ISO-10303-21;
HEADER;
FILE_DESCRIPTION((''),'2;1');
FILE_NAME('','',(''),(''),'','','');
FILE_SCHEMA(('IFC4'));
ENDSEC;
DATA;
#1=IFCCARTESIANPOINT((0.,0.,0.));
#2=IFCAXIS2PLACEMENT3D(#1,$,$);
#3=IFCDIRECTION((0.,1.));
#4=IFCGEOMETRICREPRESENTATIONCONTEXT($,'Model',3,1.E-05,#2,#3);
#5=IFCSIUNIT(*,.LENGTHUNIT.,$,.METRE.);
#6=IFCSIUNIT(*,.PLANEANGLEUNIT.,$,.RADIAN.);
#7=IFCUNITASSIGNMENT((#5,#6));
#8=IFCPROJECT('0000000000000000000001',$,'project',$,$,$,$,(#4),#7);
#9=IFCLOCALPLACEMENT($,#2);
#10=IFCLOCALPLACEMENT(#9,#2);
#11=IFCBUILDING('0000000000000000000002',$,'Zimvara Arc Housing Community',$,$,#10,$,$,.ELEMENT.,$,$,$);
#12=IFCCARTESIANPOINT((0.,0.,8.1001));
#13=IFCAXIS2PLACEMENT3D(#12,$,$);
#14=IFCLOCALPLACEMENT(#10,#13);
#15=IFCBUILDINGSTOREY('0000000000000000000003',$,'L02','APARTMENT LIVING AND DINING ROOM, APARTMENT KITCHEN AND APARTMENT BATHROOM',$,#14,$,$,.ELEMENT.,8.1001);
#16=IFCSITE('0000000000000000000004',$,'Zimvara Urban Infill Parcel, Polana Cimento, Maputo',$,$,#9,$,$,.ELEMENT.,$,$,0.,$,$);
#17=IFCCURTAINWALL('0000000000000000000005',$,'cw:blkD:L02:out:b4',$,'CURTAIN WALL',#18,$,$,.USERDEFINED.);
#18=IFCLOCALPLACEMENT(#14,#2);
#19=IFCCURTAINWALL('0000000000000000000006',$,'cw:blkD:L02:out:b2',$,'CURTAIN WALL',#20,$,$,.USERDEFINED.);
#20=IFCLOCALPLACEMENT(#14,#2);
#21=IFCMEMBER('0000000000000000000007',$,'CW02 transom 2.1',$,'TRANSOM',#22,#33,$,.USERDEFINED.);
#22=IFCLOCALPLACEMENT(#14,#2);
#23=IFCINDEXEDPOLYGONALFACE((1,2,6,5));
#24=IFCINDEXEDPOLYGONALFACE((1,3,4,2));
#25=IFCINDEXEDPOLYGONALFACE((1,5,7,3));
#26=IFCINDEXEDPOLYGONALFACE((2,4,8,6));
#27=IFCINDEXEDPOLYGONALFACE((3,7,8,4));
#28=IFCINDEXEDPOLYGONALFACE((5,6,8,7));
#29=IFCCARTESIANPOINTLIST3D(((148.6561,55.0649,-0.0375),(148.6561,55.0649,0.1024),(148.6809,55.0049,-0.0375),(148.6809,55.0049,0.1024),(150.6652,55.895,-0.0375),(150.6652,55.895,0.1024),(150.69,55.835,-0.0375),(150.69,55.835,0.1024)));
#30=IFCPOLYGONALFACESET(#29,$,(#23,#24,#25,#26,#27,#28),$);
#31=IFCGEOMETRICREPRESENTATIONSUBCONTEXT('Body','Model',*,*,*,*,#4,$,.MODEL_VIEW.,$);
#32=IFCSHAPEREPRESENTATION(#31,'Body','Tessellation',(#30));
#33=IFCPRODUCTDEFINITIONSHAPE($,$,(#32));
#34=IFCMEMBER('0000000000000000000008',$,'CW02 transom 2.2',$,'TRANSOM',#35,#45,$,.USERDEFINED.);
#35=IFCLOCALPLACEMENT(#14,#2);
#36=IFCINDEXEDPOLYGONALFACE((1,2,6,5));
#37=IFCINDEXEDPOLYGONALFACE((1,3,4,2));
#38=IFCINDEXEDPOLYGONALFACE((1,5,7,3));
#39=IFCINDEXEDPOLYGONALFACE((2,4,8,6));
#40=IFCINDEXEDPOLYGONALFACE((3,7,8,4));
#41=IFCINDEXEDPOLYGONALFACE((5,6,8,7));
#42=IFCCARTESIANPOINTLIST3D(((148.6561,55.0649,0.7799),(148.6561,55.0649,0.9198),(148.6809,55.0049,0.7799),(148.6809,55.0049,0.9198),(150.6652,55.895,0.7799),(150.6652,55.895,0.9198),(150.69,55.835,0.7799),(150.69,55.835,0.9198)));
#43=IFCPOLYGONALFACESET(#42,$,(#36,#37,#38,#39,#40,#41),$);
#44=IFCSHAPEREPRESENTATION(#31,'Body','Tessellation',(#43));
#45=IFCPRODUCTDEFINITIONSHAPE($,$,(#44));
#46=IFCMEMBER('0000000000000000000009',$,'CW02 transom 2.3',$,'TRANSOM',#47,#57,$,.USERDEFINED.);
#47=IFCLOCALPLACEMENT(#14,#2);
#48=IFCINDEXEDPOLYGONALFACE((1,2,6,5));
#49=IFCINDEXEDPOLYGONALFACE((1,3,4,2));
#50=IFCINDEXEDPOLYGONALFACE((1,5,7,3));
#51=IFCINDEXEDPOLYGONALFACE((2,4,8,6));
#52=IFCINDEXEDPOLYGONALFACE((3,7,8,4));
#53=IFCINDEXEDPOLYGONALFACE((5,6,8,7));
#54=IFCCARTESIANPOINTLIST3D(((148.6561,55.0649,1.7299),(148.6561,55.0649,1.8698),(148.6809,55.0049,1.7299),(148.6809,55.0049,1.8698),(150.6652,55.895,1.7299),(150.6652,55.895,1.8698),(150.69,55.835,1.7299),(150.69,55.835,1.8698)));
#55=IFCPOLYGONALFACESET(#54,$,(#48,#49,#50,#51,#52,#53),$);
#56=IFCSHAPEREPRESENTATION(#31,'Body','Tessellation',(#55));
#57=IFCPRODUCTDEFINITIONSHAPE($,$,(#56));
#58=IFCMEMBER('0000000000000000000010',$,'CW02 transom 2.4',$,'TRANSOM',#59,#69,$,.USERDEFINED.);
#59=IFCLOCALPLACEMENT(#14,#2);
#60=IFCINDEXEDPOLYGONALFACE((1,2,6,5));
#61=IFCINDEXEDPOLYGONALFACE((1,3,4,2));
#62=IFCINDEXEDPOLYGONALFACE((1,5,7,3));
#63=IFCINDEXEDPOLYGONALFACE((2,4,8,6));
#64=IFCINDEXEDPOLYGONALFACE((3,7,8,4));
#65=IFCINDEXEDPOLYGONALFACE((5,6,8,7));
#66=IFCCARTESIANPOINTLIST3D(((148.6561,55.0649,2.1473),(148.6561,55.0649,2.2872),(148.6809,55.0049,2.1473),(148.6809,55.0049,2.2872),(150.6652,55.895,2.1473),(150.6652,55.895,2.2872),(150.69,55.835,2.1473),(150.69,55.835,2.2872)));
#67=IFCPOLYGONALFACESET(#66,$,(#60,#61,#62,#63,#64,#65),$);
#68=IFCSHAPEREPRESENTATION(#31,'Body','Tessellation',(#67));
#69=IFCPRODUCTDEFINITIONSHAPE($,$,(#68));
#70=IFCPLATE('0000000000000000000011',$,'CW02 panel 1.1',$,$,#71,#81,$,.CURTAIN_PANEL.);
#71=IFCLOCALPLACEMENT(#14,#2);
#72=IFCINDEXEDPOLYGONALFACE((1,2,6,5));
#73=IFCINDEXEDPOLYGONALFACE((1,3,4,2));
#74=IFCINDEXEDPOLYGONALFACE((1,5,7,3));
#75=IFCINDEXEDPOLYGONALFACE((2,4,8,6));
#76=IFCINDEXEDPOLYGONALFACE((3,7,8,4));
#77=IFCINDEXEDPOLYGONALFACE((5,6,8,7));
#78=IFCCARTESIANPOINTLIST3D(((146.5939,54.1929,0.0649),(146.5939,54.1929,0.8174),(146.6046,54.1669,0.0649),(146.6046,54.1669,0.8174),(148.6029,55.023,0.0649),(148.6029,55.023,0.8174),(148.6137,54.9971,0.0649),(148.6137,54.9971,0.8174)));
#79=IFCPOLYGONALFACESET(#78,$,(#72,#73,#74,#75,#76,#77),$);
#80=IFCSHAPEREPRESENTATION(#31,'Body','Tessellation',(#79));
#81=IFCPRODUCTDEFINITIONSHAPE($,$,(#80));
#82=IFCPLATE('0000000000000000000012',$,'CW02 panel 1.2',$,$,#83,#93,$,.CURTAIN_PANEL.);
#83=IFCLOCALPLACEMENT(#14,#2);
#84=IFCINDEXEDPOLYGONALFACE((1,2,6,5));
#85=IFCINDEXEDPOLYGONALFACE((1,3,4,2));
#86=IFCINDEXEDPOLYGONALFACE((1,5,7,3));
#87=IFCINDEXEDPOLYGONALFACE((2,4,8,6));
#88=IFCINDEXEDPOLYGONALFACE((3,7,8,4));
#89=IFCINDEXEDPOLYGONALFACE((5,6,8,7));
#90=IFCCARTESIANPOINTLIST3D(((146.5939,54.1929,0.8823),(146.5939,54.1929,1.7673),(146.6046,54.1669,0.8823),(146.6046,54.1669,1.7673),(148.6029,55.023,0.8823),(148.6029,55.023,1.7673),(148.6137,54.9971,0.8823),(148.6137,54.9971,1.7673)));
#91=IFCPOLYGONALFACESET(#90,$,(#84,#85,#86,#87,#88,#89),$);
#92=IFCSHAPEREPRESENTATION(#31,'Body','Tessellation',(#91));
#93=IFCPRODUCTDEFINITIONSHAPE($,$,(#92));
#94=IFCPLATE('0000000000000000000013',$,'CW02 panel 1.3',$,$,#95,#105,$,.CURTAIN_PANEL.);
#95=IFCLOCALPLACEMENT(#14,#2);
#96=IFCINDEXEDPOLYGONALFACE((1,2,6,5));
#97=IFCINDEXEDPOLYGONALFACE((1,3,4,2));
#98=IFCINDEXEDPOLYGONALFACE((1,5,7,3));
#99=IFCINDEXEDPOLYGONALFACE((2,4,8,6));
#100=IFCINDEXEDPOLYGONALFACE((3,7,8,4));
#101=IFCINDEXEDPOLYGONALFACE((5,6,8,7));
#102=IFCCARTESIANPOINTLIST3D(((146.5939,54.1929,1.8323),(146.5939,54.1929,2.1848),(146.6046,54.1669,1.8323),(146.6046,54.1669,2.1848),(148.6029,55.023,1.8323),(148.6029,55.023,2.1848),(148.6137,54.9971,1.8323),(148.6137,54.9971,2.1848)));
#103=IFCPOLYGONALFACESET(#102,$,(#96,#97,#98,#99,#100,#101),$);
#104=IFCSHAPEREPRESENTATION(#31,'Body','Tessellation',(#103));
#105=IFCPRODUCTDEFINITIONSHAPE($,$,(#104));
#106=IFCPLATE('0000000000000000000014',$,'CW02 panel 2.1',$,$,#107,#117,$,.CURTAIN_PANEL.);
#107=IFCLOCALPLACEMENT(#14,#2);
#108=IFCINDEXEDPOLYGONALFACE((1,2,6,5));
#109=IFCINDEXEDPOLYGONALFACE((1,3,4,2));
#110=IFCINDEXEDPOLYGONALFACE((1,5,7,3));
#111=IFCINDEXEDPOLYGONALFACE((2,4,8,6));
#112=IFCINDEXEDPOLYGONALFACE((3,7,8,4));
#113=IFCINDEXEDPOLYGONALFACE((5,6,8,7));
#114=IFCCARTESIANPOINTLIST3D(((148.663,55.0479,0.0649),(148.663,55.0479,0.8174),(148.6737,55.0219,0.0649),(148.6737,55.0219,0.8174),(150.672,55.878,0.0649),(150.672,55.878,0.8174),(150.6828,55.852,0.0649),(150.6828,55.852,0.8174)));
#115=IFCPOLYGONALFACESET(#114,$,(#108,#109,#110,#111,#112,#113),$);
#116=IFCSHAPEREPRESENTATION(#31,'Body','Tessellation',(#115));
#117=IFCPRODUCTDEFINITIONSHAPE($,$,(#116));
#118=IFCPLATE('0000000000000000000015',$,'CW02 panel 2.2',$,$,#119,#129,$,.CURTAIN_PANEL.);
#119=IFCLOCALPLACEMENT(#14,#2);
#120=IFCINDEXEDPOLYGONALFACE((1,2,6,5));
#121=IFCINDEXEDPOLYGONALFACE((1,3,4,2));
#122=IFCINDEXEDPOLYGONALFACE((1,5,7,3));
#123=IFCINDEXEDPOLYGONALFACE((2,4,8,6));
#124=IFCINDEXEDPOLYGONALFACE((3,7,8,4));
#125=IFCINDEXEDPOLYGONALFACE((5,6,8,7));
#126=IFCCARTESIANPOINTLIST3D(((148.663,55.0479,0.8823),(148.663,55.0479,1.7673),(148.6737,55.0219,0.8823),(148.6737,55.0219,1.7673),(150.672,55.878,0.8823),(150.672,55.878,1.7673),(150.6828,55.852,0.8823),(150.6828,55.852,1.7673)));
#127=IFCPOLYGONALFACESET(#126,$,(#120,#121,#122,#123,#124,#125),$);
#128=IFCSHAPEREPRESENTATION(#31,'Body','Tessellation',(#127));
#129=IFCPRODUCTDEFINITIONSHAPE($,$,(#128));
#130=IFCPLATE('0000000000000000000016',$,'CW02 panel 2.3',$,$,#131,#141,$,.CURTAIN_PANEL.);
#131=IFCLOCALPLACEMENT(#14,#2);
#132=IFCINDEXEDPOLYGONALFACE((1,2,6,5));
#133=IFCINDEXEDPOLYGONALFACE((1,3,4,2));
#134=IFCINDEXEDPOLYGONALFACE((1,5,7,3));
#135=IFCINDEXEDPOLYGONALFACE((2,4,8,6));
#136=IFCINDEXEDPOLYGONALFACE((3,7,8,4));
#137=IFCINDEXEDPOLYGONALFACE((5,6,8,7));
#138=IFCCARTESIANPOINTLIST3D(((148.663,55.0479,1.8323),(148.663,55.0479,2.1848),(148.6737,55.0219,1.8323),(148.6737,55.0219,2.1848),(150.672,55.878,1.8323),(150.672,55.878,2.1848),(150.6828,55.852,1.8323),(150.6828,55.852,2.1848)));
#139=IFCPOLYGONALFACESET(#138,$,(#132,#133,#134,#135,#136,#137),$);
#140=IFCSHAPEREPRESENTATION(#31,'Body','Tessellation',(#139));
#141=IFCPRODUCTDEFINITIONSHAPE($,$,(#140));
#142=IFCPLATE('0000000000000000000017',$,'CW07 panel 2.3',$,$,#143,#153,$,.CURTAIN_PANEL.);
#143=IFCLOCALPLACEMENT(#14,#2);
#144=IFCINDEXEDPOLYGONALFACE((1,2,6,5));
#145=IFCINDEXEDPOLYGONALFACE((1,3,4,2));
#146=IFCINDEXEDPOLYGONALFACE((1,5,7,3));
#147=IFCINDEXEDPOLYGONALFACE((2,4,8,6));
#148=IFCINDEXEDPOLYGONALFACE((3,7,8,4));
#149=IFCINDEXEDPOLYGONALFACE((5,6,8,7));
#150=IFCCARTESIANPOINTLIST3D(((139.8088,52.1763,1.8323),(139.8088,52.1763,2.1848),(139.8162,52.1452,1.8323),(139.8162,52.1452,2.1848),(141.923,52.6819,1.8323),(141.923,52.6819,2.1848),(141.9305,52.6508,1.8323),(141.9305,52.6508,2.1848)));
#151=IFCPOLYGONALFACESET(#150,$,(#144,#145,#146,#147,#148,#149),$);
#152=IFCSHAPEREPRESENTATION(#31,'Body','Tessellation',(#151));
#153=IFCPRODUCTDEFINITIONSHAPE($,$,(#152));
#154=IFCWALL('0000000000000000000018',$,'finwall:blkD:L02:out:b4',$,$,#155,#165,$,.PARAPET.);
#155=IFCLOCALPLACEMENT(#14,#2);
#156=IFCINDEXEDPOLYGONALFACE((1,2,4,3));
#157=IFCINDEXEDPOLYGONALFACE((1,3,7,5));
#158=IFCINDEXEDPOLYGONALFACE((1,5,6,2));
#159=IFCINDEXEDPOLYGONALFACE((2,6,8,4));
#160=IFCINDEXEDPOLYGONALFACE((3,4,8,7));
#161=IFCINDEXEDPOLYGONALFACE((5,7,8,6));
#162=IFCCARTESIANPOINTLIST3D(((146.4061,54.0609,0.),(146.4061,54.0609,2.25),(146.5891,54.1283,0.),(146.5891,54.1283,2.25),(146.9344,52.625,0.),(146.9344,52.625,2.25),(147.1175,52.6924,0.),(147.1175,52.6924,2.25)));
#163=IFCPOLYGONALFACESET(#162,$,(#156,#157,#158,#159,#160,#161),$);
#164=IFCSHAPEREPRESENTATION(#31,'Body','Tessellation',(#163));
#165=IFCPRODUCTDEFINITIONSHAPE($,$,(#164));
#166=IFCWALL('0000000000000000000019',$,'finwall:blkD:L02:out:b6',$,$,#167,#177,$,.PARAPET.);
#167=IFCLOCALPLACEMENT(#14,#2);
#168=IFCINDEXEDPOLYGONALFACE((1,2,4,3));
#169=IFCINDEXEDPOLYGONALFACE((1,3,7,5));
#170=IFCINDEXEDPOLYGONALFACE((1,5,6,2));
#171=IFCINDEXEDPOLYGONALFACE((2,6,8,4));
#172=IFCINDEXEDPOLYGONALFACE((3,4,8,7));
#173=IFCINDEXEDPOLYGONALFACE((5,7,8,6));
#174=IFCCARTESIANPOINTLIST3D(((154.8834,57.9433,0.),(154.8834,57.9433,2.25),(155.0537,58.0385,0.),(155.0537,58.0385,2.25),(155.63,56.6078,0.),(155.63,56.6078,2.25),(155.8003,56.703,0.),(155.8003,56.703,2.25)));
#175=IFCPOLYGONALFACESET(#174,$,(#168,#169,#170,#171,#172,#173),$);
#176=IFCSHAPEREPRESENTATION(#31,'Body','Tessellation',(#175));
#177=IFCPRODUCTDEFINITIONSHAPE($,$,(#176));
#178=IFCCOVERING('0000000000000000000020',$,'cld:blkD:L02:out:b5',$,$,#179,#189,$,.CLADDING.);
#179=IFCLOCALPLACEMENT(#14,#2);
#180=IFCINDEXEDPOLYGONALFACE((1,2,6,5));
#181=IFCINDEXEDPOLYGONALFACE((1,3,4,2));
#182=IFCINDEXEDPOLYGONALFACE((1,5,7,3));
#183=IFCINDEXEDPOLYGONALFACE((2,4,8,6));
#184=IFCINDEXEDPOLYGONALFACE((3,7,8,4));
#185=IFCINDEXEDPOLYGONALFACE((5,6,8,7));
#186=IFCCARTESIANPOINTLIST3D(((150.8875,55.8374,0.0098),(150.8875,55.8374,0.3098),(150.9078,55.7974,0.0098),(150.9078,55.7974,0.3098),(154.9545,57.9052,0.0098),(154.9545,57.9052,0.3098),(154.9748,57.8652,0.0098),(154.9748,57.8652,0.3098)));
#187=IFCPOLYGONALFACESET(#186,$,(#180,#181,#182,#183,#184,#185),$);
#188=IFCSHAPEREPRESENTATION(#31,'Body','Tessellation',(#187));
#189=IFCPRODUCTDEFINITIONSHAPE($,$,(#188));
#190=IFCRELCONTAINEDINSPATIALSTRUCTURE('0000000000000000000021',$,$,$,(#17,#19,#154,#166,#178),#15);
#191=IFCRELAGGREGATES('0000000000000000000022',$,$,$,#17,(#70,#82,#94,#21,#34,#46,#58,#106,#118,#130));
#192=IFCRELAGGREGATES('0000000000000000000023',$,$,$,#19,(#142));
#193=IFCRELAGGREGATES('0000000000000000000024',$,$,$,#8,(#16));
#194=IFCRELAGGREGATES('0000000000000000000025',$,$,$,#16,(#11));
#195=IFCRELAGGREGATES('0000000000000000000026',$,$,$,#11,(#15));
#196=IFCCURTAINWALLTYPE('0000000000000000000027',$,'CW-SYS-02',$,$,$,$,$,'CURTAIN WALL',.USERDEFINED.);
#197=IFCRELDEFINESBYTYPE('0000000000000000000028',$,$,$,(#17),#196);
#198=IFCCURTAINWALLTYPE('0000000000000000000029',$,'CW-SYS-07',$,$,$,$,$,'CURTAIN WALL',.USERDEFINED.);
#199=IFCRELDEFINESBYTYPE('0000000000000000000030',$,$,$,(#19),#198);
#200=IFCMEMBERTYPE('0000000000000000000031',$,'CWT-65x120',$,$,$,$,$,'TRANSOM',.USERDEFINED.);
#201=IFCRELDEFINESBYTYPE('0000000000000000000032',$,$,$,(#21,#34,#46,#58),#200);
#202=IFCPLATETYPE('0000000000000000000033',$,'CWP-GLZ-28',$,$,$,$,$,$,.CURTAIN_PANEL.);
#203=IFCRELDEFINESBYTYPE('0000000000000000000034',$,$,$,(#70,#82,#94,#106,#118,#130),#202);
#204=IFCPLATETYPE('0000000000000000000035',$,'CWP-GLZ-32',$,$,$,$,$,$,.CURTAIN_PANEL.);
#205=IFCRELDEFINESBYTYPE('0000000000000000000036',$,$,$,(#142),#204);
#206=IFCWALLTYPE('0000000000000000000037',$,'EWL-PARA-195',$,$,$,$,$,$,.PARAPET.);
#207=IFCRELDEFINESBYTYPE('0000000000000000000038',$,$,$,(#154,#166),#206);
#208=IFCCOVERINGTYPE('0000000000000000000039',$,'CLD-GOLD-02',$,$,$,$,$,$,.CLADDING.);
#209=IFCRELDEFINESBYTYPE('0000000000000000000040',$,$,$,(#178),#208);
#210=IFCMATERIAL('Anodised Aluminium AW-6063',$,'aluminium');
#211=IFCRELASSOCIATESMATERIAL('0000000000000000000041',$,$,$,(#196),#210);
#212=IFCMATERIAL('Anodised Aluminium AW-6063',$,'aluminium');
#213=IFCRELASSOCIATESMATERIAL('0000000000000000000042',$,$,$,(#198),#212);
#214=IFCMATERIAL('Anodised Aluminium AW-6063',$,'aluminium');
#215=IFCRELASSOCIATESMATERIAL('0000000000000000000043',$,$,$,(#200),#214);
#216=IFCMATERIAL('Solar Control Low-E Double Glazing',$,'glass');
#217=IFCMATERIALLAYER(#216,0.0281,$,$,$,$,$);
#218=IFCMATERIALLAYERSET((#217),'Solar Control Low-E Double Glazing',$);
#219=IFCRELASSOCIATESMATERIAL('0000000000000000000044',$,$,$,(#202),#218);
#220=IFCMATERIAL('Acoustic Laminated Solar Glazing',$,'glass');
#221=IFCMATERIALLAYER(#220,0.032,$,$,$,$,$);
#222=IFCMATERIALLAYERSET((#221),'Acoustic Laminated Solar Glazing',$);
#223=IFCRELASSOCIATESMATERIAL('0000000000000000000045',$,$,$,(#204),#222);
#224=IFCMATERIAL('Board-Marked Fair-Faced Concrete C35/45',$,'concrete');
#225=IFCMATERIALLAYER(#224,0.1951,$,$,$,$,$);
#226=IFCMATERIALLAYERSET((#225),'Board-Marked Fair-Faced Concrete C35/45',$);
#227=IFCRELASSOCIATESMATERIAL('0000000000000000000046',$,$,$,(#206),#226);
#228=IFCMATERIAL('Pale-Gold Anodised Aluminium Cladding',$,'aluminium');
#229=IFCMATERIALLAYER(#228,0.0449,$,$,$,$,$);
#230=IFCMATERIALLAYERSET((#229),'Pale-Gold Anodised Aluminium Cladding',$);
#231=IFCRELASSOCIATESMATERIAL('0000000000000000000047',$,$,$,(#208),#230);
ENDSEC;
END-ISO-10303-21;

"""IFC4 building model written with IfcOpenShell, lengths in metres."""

from ifc_helpers import new_model, si_unit, direction, frame, frame_2d, origin, origin_2d, place, context, subcontext, project, spatial, rectangle, extrude, material, layer, layer_set, material_profile, profile_set, type_object, element, aggregate, save


model = new_model("IFC4")

# Units and contexts
model_context = context("Model", 3, precision=1e-05, world=origin(), true_north=direction((0.0, 1.0)))
body_context = subcontext(model_context, "Body", "Model", "MODEL_VIEW")
ifc_project = project(units=[si_unit("LENGTHUNIT", "METRE"), si_unit("PLANEANGLEUNIT", "RADIAN")], contexts=[model_context])

# Site, building, storey
site_placement = place(None, origin())
site = spatial("IfcSite", under=ifc_project, at=site_placement, Name="Zimvara Urban Infill Parcel, Polana Cimento, Maputo", CompositionType="ELEMENT", RefElevation=0.0)
building_placement = place(site_placement, origin())
building = spatial("IfcBuilding", under=site, at=building_placement, Name="Zimvara Arc Housing Community", CompositionType="ELEMENT")
storey_placement = place(building_placement, frame((0.0, 0.0, 8.1001)))
storey = spatial("IfcBuildingStorey", under=building, at=storey_placement, Name="L02", Description="APARTMENT LIVING AND DINING ROOM, APARTMENT KITCHEN AND APARTMENT BATHROOM", CompositionType="ELEMENT", Elevation=8.1001)

# Curtain wall
ifc_material_1 = material(Name="Anodised Aluminium AW-6063", Category="aluminium")
curtain_wall_type_1 = type_object("IfcCurtainWallType", Name="CW-SYS-02", ElementType="CURTAIN WALL", PredefinedType="USERDEFINED", material=ifc_material_1)
curtain_wall_1_placement = place(storey_placement, origin())
curtain_wall_1 = element("IfcCurtainWall", 1, at=curtain_wall_1_placement, inside=storey, type_object=curtain_wall_type_1, Name="cw:blkD:L02:out:b4", ObjectType="CURTAIN WALL", PredefinedType="USERDEFINED")

# Curtain wall
ifc_material_2 = material(Name="Anodised Aluminium AW-6063", Category="aluminium")
curtain_wall_type_2 = type_object("IfcCurtainWallType", Name="CW-SYS-07", ElementType="CURTAIN WALL", PredefinedType="USERDEFINED", material=ifc_material_2)
curtain_wall_2_placement = place(storey_placement, origin())
curtain_wall_2 = element("IfcCurtainWall", 2, at=curtain_wall_2_placement, inside=storey, type_object=curtain_wall_type_2, Name="cw:blkD:L02:out:b2", ObjectType="CURTAIN WALL", PredefinedType="USERDEFINED")

# Members
ifc_material_3 = material(Name="Anodised Aluminium AW-6063", Category="aluminium")
ifc_material_profile_1 = material_profile(ifc_material_3, rectangle(XDim=0.0649, YDim=0.1399, at=origin_2d()), Name="ALU 65x140")
ifc_profile_set_1 = profile_set([ifc_material_profile_1], Name="Anodised Aluminium AW-6063")
member_type_1 = type_object("IfcMemberType", Name="CWT-65x120", ElementType="TRANSOM", PredefinedType="USERDEFINED", material=ifc_profile_set_1)
member_1_placement = place(storey_placement, frame((148.6685, 55.0349, 0.0325), z_axis=(0.924219, 0.381862, 0.0), x_axis=(-0.381862, 0.924219, 0.0)))
member_1 = element("IfcMember", 3, at=member_1_placement, type_object=member_type_1, Name="CW02 transom 2.1", ObjectType="TRANSOM", PredefinedType="USERDEFINED", context=body_context, shape_type="SweptSolid", body=[
    extrude(rectangle(XDim=0.0649, YDim=0.1399, at=origin_2d()), origin(), (0.0, 0.0, 1.0), 2.1738),
])
member_2_placement = place(storey_placement, frame((148.6685, 55.0349, 0.8499), z_axis=(0.924219, 0.381862, 0.0), x_axis=(-0.381862, 0.924219, 0.0)))
member_2 = element("IfcMember", 4, at=member_2_placement, type_object=member_type_1, Name="CW02 transom 2.2", ObjectType="TRANSOM", PredefinedType="USERDEFINED", context=body_context, shape_type="SweptSolid", body=[
    extrude(rectangle(XDim=0.0649, YDim=0.1399, at=origin_2d()), origin(), (0.0, 0.0, 1.0), 2.1738),
])
member_3_placement = place(storey_placement, frame((148.6685, 55.0349, 1.7998), z_axis=(0.924219, 0.381862, 0.0), x_axis=(-0.381862, 0.924219, 0.0)))
member_3 = element("IfcMember", 5, at=member_3_placement, type_object=member_type_1, Name="CW02 transom 2.3", ObjectType="TRANSOM", PredefinedType="USERDEFINED", context=body_context, shape_type="SweptSolid", body=[
    extrude(rectangle(XDim=0.0649, YDim=0.1399, at=origin_2d()), origin(), (0.0, 0.0, 1.0), 2.1738),
])
member_4_placement = place(storey_placement, frame((148.6685, 55.0349, 2.2173), z_axis=(0.924219, 0.381862, 0.0), x_axis=(-0.381862, 0.924219, 0.0)))
member_4 = element("IfcMember", 6, at=member_4_placement, type_object=member_type_1, Name="CW02 transom 2.4", ObjectType="TRANSOM", PredefinedType="USERDEFINED", context=body_context, shape_type="SweptSolid", body=[
    extrude(rectangle(XDim=0.0649, YDim=0.1399, at=origin_2d()), origin(), (0.0, 0.0, 1.0), 2.1738),
])

# Plates
ifc_material_4 = material(Name="Solar Control Low-E Double Glazing", Category="glass")
ifc_layer_1 = layer(ifc_material_4, 0.0281)
ifc_layer_set_1 = layer_set([ifc_layer_1], Name="Solar Control Low-E Double Glazing")
plate_type_1 = type_object("IfcPlateType", Name="CWP-GLZ-28", PredefinedType="CURTAIN_PANEL", material=ifc_layer_set_1)
plate_1_placement = place(storey_placement, frame((147.6038, 54.595, 0.0649), z_axis=(0.0, 0.0, 1.0), x_axis=(0.924213, 0.381876, 0.0)))
plate_1 = element("IfcPlate", 7, at=plate_1_placement, type_object=plate_type_1, Name="CW02 panel 1.1", PredefinedType="CURTAIN_PANEL", context=body_context, shape_type="SweptSolid", body=[
    extrude(rectangle(XDim=2.1738, YDim=0.0281, at=origin_2d()), origin(), (0.0, 0.0, 1.0), 0.7524),
])
plate_2_placement = place(storey_placement, frame((147.6038, 54.595, 0.8823), z_axis=(0.0, 0.0, 1.0), x_axis=(0.924213, 0.381876, 0.0)))
plate_2 = element("IfcPlate", 8, at=plate_2_placement, type_object=plate_type_1, Name="CW02 panel 1.2", PredefinedType="CURTAIN_PANEL", context=body_context, shape_type="SweptSolid", body=[
    extrude(rectangle(XDim=2.1738, YDim=0.0281, at=origin_2d()), origin(), (0.0, 0.0, 1.0), 0.885),
])
plate_3_placement = place(storey_placement, frame((147.6038, 54.595, 1.8323), z_axis=(0.0, 0.0, 1.0), x_axis=(0.924213, 0.381876, 0.0)))
plate_3 = element("IfcPlate", 9, at=plate_3_placement, type_object=plate_type_1, Name="CW02 panel 1.3", PredefinedType="CURTAIN_PANEL", context=body_context, shape_type="SweptSolid", body=[
    extrude(rectangle(XDim=2.1738, YDim=0.0281, at=origin_2d()), origin(), (0.0, 0.0, 1.0), 0.3525),
])
plate_4_placement = place(storey_placement, frame((149.6729, 55.45, 0.0649), z_axis=(0.0, 0.0, 1.0), x_axis=(0.924213, 0.381876, 0.0)))
plate_4 = element("IfcPlate", 10, at=plate_4_placement, type_object=plate_type_1, Name="CW02 panel 2.1", PredefinedType="CURTAIN_PANEL", context=body_context, shape_type="SweptSolid", body=[
    extrude(rectangle(XDim=2.1738, YDim=0.0281, at=origin_2d()), origin(), (0.0, 0.0, 1.0), 0.7524),
])
plate_5_placement = place(storey_placement, frame((149.6729, 55.45, 0.8823), z_axis=(0.0, 0.0, 1.0), x_axis=(0.924213, 0.381876, 0.0)))
plate_5 = element("IfcPlate", 11, at=plate_5_placement, type_object=plate_type_1, Name="CW02 panel 2.2", PredefinedType="CURTAIN_PANEL", context=body_context, shape_type="SweptSolid", body=[
    extrude(rectangle(XDim=2.1738, YDim=0.0281, at=origin_2d()), origin(), (0.0, 0.0, 1.0), 0.885),
])
plate_6_placement = place(storey_placement, frame((149.6729, 55.45, 1.8323), z_axis=(0.0, 0.0, 1.0), x_axis=(0.924213, 0.381876, 0.0)))
plate_6 = element("IfcPlate", 12, at=plate_6_placement, type_object=plate_type_1, Name="CW02 panel 2.3", PredefinedType="CURTAIN_PANEL", context=body_context, shape_type="SweptSolid", body=[
    extrude(rectangle(XDim=2.1738, YDim=0.0281, at=origin_2d()), origin(), (0.0, 0.0, 1.0), 0.3525),
])
aggregate(curtain_wall_1, [plate_1, plate_2, plate_3, member_1, member_2, member_3, member_4, plate_4, plate_5, plate_6])
ifc_material_5 = material(Name="Acoustic Laminated Solar Glazing", Category="glass")
ifc_layer_2 = layer(ifc_material_5, 0.032)
ifc_layer_set_2 = layer_set([ifc_layer_2], Name="Acoustic Laminated Solar Glazing")
plate_type_2 = type_object("IfcPlateType", Name="CWP-GLZ-32", PredefinedType="CURTAIN_PANEL", material=ifc_layer_set_2)
plate_7_placement = place(storey_placement, frame((140.8696, 52.4136, 1.8323), z_axis=(0.0, 0.0, 1.0), x_axis=(0.972573, 0.232597, 0.0)))
plate_7 = element("IfcPlate", 13, at=plate_7_placement, type_object=plate_type_2, Name="CW07 panel 2.3", PredefinedType="CURTAIN_PANEL", context=body_context, shape_type="SweptSolid", body=[
    extrude(rectangle(XDim=2.1738, YDim=0.032, at=origin_2d()), origin(), (0.0, 0.0, 1.0), 0.3525),
])
aggregate(curtain_wall_2, [plate_7])

# Walls
ifc_material_6 = material(Name="Board-Marked Fair-Faced Concrete C35/45", Category="concrete")
ifc_layer_3 = layer(ifc_material_6, 0.1951)
ifc_layer_set_3 = layer_set([ifc_layer_3], Name="Board-Marked Fair-Faced Concrete C35/45")
wall_type_1 = type_object("IfcWallType", Name="EWL-PARA-195", PredefinedType="PARAPET", material=ifc_layer_set_3)
for number, where, z_axis, x_axis, name in (
    (14, (146.4976, 54.0947, 0.0), (0.0, 0.0, 1.0), (0.345328, -0.938482, 0.0), "finwall:blkD:L02:out:b4"),
    (15, (154.9685, 57.991, 0.0), (0.0, 0.0, 1.0), (0.487972, -0.87286, 0.0), "finwall:blkD:L02:out:b6"),
):
    element("IfcWall", number, at=place(storey_placement, frame(where, z_axis=z_axis, x_axis=x_axis)), inside=storey, type_object=wall_type_1, Name=name, PredefinedType="PARAPET", context=body_context, shape_type="SweptSolid", body=[
        extrude(rectangle(XDim=1.53, YDim=0.1951, at=frame_2d((0.7651, 0.0))), origin(), (0.0, 0.0, 1.0), 2.25),
    ])

# Covering
ifc_material_7 = material(Name="Pale-Gold Anodised Aluminium Cladding", Category="aluminium")
ifc_layer_4 = layer(ifc_material_7, 0.0449)
ifc_layer_set_4 = layer_set([ifc_layer_4], Name="Pale-Gold Anodised Aluminium Cladding")
covering_type_1 = type_object("IfcCoveringType", Name="CLD-GOLD-02", PredefinedType="CLADDING", material=ifc_layer_set_4)
covering_1_placement = place(storey_placement, frame((152.9312, 56.8513, 0.0098), z_axis=(0.0, 0.0, 1.0), x_axis=(0.891402, 0.453213, 0.0)))
element("IfcCovering", 16, at=covering_1_placement, inside=storey, type_object=covering_type_1, Name="cld:blkD:L02:out:b5", PredefinedType="CLADDING", context=body_context, shape_type="SweptSolid", body=[
    extrude(rectangle(XDim=4.5625, YDim=0.0449, at=origin_2d()), origin(), (0.0, 0.0, 1.0), 0.3),
])

save(model, "model.ifc")
